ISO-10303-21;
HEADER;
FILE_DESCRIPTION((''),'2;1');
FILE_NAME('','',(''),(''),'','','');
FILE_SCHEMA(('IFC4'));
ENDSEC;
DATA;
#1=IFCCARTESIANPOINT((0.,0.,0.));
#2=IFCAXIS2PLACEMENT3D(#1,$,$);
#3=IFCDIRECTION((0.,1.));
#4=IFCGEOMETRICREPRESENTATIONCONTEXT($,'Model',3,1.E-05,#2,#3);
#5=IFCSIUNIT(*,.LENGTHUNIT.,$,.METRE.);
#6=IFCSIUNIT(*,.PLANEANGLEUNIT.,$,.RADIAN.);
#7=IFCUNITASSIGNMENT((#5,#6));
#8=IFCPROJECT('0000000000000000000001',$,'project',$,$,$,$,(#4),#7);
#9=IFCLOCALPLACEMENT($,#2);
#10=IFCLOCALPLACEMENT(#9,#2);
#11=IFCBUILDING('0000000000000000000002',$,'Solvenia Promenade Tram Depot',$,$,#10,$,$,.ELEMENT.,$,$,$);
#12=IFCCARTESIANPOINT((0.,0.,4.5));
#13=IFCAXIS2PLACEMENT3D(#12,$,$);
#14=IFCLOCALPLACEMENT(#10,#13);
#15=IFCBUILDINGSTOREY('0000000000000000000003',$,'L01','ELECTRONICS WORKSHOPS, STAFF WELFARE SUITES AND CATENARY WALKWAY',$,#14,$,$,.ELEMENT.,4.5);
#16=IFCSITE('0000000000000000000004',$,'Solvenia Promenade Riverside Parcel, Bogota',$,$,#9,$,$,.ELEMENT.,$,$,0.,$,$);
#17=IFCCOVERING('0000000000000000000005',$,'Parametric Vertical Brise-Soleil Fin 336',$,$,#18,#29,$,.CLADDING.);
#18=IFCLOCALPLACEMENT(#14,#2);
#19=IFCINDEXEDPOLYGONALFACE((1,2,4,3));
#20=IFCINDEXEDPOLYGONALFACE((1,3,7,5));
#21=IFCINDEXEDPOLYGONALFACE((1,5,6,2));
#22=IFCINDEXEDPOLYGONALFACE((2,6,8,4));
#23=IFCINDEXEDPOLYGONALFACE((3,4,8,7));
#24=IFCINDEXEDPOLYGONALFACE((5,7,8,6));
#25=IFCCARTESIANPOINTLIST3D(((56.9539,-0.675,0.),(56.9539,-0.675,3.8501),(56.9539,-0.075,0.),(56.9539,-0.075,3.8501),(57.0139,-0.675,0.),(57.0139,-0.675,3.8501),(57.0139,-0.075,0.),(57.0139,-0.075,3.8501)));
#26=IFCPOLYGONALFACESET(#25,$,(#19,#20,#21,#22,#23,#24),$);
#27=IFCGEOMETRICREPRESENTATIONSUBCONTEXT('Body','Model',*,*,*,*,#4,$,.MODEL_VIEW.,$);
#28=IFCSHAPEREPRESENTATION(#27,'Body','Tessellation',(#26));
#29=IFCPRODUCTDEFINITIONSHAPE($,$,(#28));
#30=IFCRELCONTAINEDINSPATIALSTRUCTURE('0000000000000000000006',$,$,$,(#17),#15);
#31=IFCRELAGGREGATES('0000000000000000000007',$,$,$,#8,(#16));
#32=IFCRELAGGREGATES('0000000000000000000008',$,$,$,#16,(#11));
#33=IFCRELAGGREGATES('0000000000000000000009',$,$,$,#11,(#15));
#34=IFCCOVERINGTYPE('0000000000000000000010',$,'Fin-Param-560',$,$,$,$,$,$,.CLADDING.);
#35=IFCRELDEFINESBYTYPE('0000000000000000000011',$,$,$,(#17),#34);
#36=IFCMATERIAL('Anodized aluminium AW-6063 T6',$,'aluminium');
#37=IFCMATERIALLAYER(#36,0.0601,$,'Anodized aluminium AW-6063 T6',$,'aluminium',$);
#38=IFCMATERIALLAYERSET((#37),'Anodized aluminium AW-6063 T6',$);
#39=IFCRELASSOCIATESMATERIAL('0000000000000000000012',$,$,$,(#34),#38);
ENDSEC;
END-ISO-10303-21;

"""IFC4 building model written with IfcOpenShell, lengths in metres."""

from ifc_helpers import new_model, si_unit, direction, frame, origin, origin_2d, place, context, subcontext, project, spatial, rectangle, extrude, material, layer, layer_set, type_object, element, save


model = new_model("IFC4")

# Units and contexts
model_context = context("Model", 3, precision=1e-05, world=origin(), true_north=direction((0.0, 1.0)))
body_context = subcontext(model_context, "Body", "Model", "MODEL_VIEW")
ifc_project = project(units=[si_unit("LENGTHUNIT", "METRE"), si_unit("PLANEANGLEUNIT", "RADIAN")], contexts=[model_context])

# Site, building, storey
site_placement = place(None, origin())
site = spatial("IfcSite", under=ifc_project, at=site_placement, Name="Solvenia Promenade Riverside Parcel, Bogota", CompositionType="ELEMENT", RefElevation=0.0)
building_placement = place(site_placement, origin())
building = spatial("IfcBuilding", under=site, at=building_placement, Name="Solvenia Promenade Tram Depot", CompositionType="ELEMENT")
storey_placement = place(building_placement, frame((0.0, 0.0, 4.5)))
storey = spatial("IfcBuildingStorey", under=building, at=storey_placement, Name="L01", Description="ELECTRONICS WORKSHOPS, STAFF WELFARE SUITES AND CATENARY WALKWAY", CompositionType="ELEMENT", Elevation=4.5)

# Shared definitions
ifc_material_1 = material(Name="Anodized aluminium AW-6063 T6", Category="aluminium")

# Covering
ifc_layer_1 = layer(ifc_material_1, 0.0601, Name="Anodized aluminium AW-6063 T6", Category="aluminium")
ifc_layer_set_1 = layer_set([ifc_layer_1], Name="Anodized aluminium AW-6063 T6")
covering_type = type_object("IfcCoveringType", Name="Fin-Param-560", PredefinedType="CLADDING", material=ifc_layer_set_1)
covering_1_placement = place(storey_placement, frame((56.9839, -0.375, 0.0), z_axis=(0.0, 0.0, 1.0), x_axis=(1.0, 0.0, 0.0)))
element("IfcCovering", 1, at=covering_1_placement, inside=storey, type_object=covering_type, Name="Parametric Vertical Brise-Soleil Fin 336", PredefinedType="CLADDING", context=body_context, shape_type="SweptSolid", body=[
    extrude(rectangle(XDim=0.0601, YDim=0.6001, at=origin_2d()), origin(), (0.0, 0.0, 1.0), 3.8501),
])

save(model, "model.ifc")
